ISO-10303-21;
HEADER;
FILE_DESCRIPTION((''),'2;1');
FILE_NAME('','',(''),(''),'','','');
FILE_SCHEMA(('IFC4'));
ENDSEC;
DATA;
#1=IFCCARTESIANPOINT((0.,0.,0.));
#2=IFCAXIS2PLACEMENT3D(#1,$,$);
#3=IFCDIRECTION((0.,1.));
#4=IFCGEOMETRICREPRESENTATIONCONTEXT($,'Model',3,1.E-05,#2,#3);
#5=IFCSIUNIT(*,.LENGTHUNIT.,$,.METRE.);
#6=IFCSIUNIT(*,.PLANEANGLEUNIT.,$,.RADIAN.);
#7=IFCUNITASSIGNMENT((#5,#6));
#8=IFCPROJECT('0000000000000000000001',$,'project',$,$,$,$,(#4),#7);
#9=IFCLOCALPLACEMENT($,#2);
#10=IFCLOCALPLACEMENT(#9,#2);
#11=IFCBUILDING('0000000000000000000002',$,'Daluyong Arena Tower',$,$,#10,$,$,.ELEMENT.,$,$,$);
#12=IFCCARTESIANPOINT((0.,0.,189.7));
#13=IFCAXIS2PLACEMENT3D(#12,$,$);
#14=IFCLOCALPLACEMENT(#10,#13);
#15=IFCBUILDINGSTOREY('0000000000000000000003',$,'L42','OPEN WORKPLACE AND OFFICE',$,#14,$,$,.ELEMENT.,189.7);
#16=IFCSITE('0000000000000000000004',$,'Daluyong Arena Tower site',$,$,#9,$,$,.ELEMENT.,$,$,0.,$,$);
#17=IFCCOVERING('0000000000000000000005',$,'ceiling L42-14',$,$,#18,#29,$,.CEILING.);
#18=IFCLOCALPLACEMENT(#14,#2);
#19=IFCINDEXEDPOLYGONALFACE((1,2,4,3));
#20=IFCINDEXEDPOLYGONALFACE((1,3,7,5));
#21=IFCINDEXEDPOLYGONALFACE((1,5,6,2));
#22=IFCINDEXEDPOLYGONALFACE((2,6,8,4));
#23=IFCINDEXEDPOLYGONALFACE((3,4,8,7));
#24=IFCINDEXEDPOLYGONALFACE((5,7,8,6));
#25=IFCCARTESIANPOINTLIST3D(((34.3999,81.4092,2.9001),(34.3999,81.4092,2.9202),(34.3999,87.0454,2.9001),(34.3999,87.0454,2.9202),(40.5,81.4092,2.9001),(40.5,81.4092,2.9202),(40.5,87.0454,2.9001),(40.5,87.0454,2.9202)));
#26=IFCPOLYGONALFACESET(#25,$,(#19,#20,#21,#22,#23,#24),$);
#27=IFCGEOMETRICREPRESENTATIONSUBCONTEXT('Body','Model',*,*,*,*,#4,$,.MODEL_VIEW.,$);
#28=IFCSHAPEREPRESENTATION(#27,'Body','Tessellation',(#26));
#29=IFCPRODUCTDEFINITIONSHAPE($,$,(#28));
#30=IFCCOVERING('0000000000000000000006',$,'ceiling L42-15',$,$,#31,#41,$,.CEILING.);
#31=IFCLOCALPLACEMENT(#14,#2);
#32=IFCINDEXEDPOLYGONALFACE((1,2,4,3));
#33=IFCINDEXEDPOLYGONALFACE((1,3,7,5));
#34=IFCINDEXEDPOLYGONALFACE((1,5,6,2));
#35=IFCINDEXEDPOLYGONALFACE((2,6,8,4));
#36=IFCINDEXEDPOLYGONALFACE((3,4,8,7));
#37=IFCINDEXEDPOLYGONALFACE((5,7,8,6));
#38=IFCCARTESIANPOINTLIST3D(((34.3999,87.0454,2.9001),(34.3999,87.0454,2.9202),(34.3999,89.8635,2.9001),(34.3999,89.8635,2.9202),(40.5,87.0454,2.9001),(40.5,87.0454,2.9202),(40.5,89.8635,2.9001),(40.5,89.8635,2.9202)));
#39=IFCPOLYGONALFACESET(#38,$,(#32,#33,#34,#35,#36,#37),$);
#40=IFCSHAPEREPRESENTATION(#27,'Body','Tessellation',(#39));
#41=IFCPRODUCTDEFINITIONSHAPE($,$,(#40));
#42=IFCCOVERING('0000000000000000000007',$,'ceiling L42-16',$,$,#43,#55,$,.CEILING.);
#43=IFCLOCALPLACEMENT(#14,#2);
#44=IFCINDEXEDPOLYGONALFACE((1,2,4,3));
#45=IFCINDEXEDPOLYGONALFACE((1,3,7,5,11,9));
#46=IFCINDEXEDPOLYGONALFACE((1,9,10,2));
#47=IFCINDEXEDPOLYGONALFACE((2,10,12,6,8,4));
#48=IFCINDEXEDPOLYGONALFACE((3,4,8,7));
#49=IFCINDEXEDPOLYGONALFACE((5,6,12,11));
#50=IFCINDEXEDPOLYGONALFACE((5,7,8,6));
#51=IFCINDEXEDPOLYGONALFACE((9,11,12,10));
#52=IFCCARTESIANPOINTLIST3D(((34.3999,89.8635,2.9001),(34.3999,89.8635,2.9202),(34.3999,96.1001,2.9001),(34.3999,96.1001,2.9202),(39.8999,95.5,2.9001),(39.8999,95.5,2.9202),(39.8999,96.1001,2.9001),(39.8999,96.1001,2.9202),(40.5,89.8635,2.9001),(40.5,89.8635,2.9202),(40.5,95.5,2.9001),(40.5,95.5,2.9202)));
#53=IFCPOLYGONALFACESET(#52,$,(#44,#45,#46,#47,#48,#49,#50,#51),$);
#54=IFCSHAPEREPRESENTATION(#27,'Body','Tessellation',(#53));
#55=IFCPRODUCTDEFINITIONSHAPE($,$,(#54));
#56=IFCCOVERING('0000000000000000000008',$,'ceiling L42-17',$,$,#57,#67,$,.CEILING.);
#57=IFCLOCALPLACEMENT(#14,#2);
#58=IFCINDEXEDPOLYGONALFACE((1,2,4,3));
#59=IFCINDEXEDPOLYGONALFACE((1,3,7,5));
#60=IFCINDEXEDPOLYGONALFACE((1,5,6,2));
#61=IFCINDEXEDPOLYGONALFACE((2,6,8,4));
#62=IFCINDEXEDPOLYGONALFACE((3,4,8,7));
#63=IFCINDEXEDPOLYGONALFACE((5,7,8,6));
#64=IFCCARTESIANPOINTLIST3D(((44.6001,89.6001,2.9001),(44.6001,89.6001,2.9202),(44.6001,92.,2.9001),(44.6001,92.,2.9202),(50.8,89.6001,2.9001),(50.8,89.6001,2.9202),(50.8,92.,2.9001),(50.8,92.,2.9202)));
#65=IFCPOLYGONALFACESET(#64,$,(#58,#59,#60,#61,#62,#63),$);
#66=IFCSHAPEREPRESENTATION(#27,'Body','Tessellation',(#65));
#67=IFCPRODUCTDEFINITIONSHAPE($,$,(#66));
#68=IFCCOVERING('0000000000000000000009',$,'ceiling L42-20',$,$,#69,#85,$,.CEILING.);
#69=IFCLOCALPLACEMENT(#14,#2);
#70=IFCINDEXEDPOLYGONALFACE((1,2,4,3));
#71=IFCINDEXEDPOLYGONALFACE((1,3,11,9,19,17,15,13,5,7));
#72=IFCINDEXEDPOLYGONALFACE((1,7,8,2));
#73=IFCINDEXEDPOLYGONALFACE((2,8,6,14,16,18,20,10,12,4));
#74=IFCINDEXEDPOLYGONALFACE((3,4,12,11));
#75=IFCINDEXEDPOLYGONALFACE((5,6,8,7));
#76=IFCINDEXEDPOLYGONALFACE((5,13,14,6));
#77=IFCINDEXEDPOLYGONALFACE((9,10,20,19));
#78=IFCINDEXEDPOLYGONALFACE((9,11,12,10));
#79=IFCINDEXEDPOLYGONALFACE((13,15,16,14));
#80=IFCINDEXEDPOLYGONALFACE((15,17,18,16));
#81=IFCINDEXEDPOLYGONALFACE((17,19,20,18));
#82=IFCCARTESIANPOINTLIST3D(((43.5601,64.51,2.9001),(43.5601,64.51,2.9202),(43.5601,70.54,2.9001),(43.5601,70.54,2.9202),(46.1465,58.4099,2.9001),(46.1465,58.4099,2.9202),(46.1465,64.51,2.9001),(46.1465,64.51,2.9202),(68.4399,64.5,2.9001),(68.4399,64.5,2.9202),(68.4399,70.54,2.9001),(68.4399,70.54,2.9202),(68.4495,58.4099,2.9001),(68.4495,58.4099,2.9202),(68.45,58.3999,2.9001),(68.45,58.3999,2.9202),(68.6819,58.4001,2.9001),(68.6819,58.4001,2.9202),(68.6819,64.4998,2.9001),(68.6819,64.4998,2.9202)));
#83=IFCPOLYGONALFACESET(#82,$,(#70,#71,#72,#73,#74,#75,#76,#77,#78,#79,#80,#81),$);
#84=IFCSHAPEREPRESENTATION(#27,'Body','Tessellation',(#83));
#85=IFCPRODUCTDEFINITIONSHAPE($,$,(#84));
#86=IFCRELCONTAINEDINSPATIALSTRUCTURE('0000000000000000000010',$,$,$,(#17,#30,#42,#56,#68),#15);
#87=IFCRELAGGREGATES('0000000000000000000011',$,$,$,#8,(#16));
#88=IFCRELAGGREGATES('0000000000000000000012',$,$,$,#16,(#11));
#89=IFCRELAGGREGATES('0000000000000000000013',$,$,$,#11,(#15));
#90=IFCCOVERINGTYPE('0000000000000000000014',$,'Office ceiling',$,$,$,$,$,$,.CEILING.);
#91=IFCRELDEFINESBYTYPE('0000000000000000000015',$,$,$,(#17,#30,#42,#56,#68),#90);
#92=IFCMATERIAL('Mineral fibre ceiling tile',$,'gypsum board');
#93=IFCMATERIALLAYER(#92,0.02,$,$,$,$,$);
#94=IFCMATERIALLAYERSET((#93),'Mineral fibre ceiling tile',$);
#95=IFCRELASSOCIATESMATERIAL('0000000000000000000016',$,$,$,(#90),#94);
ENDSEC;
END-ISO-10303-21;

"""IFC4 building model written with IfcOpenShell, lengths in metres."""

from ifc_helpers import new_model, si_unit, direction, frame, origin, place, context, subcontext, project, spatial, polyline, outline, extrude, material, layer, layer_set, type_object, element, save


model = new_model("IFC4")

# Units and contexts
model_context = context("Model", 3, precision=1e-05, world=origin(), true_north=direction((0.0, 1.0)))
body_context = subcontext(model_context, "Body", "Model", "MODEL_VIEW")
ifc_project = project(units=[si_unit("LENGTHUNIT", "METRE"), si_unit("PLANEANGLEUNIT", "RADIAN")], contexts=[model_context])

# Site, building, storey
site_placement = place(None, origin())
site = spatial("IfcSite", under=ifc_project, at=site_placement, Name="Daluyong Arena Tower site", CompositionType="ELEMENT", RefElevation=0.0)
building_placement = place(site_placement, origin())
building = spatial("IfcBuilding", under=site, at=building_placement, Name="Daluyong Arena Tower", CompositionType="ELEMENT")
storey_placement = place(building_placement, frame((0.0, 0.0, 189.7)))
storey = spatial("IfcBuildingStorey", under=building, at=storey_placement, Name="L42", Description="OPEN WORKPLACE AND OFFICE", CompositionType="ELEMENT", Elevation=189.7)

# Coverings
ifc_material_1 = material(Name="Mineral fibre ceiling tile", Category="gypsum board")
ifc_layer_1 = layer(ifc_material_1, 0.02)
ifc_layer_set_1 = layer_set([ifc_layer_1], Name="Mineral fibre ceiling tile")
covering_type = type_object("IfcCoveringType", Name="Office ceiling", PredefinedType="CEILING", material=ifc_layer_set_1)
covering_1_placement = place(storey_placement, frame((0.0, 0.0, 2.9001)))
element("IfcCovering", 1, at=covering_1_placement, inside=storey, type_object=covering_type, Name="ceiling L42-14", PredefinedType="CEILING", context=body_context, shape_type="SweptSolid", body=[
    extrude(outline(polyline([(40.5, 87.0454), (34.3999, 87.0454), (34.3999, 81.4092), (40.5, 81.4092), (40.5, 87.0454)])), origin(), (0.0, 0.0, 1.0), 0.02),
])
covering_2_placement = place(storey_placement, frame((0.0, 0.0, 2.9001)))
element("IfcCovering", 2, at=covering_2_placement, inside=storey, type_object=covering_type, Name="ceiling L42-15", PredefinedType="CEILING", context=body_context, shape_type="SweptSolid", body=[
    extrude(outline(polyline([(40.5, 89.8635), (34.3999, 89.8635), (34.3999, 87.0454), (40.5, 87.0454), (40.5, 89.8635)])), origin(), (0.0, 0.0, 1.0), 0.02),
])
covering_3_placement = place(storey_placement, frame((0.0, 0.0, 2.9001)))
element("IfcCovering", 3, at=covering_3_placement, inside=storey, type_object=covering_type, Name="ceiling L42-16", PredefinedType="CEILING", context=body_context, shape_type="SweptSolid", body=[
    extrude(outline(polyline([(40.5, 89.8635), (40.5, 95.5), (39.8999, 95.5), (39.8999, 96.1001), (34.3999, 96.1001), (34.3999, 89.8635), (40.5, 89.8635)])), origin(), (0.0, 0.0, 1.0), 0.02),
])
covering_4_placement = place(storey_placement, frame((0.0, 0.0, 2.9001)))
element("IfcCovering", 4, at=covering_4_placement, inside=storey, type_object=covering_type, Name="ceiling L42-17", PredefinedType="CEILING", context=body_context, shape_type="SweptSolid", body=[
    extrude(outline(polyline([(44.6001, 89.6001), (50.8, 89.6001), (50.8, 92.0), (44.6001, 92.0), (44.6001, 89.6001)])), origin(), (0.0, 0.0, 1.0), 0.02),
])
covering_5_placement = place(storey_placement, frame((0.0, 0.0, 2.9001)))
element("IfcCovering", 5, at=covering_5_placement, inside=storey, type_object=covering_type, Name="ceiling L42-20", PredefinedType="CEILING", context=body_context, shape_type="SweptSolid", body=[
    extrude(outline(polyline([(68.45, 58.3999), (68.6819, 58.4001), (68.6819, 64.4998), (68.4399, 64.5), (68.4399, 70.54), (43.5601, 70.54), (43.5601, 64.51), (46.1465, 64.51), (46.1465, 58.4099), (68.4495, 58.4099), (68.45, 58.3999)])), origin(), (0.0, 0.0, 1.0), 0.02),
])

save(model, "model.ifc")
